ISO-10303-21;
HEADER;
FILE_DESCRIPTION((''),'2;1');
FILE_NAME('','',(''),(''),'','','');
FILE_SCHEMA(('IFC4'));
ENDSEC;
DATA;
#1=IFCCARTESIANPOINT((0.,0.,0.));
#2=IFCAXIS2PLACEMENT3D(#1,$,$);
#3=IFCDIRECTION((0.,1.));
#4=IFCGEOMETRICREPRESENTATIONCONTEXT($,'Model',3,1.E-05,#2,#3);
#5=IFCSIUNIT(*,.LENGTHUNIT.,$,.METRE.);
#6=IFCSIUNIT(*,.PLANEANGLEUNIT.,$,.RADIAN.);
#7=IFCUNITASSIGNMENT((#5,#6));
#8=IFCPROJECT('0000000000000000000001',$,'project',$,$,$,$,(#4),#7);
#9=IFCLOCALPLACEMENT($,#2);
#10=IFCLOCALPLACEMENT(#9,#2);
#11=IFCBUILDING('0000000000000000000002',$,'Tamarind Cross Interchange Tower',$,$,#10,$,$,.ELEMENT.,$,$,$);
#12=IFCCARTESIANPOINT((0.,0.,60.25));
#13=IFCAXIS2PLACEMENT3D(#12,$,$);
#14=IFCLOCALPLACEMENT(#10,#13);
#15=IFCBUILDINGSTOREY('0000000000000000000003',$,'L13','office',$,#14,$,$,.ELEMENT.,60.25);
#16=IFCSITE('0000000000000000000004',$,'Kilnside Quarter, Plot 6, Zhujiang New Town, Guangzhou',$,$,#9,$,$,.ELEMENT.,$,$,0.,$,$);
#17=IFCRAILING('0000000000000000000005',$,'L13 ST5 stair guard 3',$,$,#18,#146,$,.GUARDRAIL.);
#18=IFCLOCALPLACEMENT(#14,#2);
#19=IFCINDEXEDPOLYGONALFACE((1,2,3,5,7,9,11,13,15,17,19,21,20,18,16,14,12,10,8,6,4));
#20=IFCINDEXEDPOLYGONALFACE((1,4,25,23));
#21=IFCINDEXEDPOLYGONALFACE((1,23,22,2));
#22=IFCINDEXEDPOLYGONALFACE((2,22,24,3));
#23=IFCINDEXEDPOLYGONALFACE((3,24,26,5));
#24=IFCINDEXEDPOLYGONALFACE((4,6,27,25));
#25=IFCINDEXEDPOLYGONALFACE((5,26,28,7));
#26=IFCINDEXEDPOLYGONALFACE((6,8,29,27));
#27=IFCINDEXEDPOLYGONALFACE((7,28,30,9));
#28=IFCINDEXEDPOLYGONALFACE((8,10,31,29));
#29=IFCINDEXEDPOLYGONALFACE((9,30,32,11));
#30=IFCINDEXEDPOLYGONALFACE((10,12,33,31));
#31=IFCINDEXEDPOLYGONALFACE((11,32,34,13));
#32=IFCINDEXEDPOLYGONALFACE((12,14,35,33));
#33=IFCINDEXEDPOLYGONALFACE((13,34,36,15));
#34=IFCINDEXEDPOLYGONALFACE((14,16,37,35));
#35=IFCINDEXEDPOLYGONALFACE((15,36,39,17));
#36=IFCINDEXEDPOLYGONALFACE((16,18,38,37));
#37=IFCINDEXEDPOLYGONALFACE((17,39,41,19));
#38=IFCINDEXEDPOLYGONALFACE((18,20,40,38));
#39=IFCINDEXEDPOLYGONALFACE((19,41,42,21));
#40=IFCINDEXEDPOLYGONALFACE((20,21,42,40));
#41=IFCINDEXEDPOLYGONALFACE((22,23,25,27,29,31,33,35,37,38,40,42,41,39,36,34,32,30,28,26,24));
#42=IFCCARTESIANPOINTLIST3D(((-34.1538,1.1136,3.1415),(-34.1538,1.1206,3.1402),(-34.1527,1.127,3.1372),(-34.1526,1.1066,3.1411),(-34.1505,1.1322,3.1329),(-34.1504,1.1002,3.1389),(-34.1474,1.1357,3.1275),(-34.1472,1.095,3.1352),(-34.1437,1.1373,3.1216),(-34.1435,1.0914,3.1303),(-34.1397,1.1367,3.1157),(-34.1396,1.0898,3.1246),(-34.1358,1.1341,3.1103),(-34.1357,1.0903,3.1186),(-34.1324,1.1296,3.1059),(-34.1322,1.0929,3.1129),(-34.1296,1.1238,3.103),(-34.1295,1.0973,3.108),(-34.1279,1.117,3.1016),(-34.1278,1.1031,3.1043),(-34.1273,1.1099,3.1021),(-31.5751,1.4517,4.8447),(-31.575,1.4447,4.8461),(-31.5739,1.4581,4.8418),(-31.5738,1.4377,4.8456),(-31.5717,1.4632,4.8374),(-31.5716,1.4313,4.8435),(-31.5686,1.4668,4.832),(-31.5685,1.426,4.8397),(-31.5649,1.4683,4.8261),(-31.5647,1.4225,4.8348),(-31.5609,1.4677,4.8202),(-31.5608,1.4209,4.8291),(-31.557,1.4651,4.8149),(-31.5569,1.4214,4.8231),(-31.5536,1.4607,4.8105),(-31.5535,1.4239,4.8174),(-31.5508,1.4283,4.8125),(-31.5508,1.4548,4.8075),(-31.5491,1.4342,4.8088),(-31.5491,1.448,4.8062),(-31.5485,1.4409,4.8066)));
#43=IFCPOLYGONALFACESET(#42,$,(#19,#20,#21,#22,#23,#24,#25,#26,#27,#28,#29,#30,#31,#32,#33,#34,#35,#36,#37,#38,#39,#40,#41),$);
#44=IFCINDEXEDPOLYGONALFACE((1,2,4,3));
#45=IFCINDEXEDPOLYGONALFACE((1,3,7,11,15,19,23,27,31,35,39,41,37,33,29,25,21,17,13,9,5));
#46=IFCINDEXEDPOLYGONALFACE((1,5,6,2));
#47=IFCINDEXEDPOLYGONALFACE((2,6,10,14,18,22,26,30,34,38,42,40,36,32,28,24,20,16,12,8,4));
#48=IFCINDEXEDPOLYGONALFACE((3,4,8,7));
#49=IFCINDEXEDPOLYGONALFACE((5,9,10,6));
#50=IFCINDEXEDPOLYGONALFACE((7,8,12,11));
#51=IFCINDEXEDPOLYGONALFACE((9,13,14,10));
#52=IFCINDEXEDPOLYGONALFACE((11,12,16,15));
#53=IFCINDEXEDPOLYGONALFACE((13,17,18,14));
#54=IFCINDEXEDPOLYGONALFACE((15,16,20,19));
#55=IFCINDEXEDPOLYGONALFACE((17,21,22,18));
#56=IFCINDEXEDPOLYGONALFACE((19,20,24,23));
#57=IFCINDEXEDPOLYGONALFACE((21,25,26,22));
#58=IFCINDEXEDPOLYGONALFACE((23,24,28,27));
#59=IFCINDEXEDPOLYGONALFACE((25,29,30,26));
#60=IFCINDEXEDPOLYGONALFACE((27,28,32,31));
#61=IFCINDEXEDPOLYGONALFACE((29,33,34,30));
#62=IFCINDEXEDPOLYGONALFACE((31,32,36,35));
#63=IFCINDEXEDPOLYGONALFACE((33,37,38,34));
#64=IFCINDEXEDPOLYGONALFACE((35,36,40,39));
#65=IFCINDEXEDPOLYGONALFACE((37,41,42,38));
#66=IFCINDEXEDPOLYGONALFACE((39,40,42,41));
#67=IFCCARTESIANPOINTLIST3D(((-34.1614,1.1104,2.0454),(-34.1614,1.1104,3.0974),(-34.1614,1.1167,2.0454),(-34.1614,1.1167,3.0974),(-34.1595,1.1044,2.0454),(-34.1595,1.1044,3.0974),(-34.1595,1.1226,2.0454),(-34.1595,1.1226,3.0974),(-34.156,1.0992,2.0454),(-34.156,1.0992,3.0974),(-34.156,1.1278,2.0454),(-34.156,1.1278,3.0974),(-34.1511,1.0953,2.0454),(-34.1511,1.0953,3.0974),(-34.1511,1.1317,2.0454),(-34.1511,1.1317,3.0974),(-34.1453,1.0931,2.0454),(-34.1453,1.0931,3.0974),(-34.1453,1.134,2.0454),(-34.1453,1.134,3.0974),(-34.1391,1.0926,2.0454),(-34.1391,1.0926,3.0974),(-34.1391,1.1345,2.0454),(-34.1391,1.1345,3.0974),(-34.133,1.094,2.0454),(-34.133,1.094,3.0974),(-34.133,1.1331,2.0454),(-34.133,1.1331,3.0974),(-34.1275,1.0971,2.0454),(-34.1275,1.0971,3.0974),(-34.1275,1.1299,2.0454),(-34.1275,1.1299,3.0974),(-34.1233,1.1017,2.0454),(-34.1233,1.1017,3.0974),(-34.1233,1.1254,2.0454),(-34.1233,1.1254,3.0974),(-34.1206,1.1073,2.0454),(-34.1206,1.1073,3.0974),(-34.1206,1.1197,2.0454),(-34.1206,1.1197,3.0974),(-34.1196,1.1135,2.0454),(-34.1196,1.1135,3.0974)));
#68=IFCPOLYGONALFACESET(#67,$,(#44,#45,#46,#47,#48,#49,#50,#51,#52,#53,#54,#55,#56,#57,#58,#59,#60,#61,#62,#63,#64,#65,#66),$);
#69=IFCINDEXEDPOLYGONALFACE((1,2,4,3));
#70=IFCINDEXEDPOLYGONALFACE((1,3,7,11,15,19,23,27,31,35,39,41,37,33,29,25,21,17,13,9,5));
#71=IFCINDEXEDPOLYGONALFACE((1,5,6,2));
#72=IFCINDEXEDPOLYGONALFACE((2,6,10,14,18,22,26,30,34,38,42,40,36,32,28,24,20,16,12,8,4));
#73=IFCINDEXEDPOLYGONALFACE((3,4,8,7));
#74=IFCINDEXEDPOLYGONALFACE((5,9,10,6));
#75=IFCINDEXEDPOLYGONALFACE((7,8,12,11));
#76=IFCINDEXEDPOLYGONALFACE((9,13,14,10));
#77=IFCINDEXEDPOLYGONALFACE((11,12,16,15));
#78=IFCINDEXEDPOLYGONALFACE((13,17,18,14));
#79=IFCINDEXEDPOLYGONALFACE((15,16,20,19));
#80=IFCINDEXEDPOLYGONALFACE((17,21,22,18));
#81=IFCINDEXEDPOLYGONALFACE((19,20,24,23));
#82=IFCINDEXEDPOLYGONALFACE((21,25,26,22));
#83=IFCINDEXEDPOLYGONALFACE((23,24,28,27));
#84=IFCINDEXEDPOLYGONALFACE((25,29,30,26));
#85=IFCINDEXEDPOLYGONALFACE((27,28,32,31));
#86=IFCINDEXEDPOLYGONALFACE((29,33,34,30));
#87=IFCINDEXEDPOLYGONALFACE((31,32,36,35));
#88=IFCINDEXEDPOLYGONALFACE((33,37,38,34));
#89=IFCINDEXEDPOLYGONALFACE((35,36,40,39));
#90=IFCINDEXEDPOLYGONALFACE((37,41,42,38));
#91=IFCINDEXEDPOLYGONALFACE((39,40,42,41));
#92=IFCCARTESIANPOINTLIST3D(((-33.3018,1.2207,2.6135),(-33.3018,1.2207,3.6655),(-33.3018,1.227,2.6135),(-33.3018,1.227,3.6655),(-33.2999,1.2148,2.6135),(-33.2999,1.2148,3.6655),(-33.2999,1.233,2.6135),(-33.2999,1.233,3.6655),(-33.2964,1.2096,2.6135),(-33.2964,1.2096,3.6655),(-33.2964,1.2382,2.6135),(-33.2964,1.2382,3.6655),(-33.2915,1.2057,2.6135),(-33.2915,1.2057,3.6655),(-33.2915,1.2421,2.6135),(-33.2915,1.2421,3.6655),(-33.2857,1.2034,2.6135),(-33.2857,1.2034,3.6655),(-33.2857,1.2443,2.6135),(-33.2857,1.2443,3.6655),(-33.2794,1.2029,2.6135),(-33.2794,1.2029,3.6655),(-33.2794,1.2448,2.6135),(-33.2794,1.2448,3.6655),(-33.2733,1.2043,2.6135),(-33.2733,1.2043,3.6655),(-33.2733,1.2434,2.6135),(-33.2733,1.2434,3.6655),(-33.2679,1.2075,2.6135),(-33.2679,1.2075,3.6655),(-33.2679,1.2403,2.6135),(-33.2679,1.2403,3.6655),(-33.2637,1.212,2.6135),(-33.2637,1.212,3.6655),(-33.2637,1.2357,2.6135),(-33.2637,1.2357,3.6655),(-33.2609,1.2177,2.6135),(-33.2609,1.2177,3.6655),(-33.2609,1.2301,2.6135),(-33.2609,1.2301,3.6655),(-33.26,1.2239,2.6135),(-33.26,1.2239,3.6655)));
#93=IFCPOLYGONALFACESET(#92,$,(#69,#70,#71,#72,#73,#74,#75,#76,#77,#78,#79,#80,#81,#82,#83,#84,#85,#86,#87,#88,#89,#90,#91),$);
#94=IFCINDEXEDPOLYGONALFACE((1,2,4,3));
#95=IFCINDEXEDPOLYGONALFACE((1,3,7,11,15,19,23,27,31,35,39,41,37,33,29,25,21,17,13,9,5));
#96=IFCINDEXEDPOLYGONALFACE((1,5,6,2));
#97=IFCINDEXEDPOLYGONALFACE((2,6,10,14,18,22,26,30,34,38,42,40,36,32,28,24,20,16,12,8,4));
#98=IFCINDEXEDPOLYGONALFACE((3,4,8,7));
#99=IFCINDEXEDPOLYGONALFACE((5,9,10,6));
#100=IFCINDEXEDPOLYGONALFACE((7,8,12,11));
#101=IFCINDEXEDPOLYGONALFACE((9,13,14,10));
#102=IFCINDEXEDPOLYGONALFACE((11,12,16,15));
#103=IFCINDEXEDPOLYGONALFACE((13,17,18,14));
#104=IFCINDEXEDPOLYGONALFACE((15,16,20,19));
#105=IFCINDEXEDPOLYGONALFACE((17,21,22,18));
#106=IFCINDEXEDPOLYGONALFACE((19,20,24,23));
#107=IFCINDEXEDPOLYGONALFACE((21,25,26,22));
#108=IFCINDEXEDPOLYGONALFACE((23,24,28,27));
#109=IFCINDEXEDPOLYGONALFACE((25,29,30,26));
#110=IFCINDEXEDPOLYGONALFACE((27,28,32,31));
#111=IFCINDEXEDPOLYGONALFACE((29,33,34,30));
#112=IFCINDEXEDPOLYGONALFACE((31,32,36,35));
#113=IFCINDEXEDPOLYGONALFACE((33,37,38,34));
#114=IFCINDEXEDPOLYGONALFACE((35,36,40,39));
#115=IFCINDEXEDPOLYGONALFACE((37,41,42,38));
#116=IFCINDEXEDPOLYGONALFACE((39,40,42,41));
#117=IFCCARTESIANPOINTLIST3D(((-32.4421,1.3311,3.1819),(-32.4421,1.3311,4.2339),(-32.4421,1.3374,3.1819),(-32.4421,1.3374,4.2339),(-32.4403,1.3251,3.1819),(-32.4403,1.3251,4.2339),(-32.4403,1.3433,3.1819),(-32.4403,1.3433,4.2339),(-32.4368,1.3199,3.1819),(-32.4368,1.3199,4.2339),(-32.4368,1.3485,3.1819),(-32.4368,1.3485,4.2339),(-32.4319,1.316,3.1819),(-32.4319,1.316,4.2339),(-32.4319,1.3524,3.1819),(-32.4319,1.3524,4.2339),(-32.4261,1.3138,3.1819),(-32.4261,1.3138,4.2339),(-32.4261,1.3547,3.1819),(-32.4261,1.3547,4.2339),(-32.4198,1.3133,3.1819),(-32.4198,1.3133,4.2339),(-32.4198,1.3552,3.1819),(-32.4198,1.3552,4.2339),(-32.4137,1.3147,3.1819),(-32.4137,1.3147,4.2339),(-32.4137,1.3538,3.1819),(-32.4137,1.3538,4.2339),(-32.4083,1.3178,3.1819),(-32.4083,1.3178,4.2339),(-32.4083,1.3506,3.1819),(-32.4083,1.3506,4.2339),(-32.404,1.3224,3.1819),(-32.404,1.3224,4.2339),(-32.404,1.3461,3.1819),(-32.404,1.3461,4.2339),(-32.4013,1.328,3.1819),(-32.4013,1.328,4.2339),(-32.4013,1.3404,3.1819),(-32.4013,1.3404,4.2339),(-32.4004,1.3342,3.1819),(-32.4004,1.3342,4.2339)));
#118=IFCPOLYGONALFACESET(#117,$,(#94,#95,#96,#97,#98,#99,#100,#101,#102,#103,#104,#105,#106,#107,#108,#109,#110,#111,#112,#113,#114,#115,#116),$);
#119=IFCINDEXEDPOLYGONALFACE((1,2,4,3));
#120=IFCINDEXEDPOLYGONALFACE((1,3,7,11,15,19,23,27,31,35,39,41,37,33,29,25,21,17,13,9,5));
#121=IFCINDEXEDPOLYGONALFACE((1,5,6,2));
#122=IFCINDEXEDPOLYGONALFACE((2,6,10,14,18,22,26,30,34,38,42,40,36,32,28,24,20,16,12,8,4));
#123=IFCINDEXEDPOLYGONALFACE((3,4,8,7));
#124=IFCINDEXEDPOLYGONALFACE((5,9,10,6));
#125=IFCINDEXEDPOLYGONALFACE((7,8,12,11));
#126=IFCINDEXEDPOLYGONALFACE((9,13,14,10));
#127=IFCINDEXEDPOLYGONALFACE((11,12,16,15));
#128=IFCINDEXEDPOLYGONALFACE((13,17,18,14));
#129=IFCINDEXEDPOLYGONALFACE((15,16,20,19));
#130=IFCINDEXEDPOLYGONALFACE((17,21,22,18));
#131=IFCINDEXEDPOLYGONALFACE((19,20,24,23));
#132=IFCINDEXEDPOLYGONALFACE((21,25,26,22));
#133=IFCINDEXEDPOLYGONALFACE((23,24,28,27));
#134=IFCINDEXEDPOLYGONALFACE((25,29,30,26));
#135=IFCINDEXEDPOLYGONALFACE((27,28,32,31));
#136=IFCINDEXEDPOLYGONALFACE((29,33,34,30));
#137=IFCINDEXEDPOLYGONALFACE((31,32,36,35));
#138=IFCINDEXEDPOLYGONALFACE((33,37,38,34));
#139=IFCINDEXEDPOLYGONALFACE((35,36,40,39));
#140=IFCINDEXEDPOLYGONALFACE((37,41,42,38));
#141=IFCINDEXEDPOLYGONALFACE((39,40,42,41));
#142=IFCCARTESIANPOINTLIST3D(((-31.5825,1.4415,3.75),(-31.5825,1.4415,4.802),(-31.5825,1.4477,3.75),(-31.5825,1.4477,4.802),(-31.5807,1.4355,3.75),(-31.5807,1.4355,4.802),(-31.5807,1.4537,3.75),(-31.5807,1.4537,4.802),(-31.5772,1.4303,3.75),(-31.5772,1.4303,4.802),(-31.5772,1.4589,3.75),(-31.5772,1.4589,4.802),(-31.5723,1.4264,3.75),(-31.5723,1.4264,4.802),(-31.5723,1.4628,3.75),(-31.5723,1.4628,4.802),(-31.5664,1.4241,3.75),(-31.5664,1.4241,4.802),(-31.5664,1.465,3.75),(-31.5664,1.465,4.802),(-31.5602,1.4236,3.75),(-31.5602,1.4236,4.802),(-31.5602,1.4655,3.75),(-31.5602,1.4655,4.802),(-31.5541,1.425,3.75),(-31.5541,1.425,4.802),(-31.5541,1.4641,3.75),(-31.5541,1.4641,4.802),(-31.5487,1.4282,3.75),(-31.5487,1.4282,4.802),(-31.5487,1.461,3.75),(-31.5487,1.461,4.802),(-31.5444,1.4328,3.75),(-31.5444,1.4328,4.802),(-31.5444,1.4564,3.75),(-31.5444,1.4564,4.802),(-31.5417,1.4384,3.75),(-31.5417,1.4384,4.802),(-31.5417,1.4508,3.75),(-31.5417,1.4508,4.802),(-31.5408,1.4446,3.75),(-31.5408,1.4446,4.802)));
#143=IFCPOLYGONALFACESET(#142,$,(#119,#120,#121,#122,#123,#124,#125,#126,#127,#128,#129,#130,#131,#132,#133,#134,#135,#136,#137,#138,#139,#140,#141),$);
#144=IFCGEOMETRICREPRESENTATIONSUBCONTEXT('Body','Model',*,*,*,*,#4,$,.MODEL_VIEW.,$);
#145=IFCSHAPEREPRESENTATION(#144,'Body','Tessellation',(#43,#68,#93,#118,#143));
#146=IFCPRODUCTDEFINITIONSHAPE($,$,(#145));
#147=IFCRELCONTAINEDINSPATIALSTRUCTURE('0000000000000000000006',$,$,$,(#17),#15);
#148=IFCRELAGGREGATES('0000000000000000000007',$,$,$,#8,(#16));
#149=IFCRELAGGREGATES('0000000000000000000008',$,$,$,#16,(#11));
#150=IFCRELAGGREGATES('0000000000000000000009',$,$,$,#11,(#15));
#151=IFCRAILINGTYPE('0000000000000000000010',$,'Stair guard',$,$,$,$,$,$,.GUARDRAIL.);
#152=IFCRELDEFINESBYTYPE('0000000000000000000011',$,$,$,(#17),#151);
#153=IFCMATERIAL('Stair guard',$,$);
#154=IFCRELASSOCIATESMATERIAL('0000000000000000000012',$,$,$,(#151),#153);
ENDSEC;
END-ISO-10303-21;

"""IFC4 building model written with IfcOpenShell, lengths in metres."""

from ifc_helpers import new_model, si_unit, direction, frame, origin, origin_2d, place, context, subcontext, project, spatial, circle, extrude, material, type_object, element, save


model = new_model("IFC4")

# Units and contexts
model_context = context("Model", 3, precision=1e-05, world=origin(), true_north=direction((0.0, 1.0)))
body_context = subcontext(model_context, "Body", "Model", "MODEL_VIEW")
ifc_project = project(units=[si_unit("LENGTHUNIT", "METRE"), si_unit("PLANEANGLEUNIT", "RADIAN")], contexts=[model_context])

# Site, building, storey
site_placement = place(None, origin())
site = spatial("IfcSite", under=ifc_project, at=site_placement, Name="Kilnside Quarter, Plot 6, Zhujiang New Town, Guangzhou", CompositionType="ELEMENT", RefElevation=0.0)
building_placement = place(site_placement, origin())
building = spatial("IfcBuilding", under=site, at=building_placement, Name="Tamarind Cross Interchange Tower", CompositionType="ELEMENT")
storey_placement = place(building_placement, frame((0.0, 0.0, 60.25)))
storey = spatial("IfcBuildingStorey", under=building, at=storey_placement, Name="L13", Description="office", CompositionType="ELEMENT", Elevation=60.25)

# Railing
ifc_material_1 = material(Name="Stair guard")
railing_type_1 = type_object("IfcRailingType", Name="Stair guard", PredefinedType="GUARDRAIL", material=ifc_material_1)
railing_1_placement = place(storey_placement, frame((-34.1406, 1.1135, 2.0454)))
element("IfcRailing", 1, at=railing_1_placement, inside=storey, type_object=railing_type_1, Name="L13 ST5 stair guard 3", PredefinedType="GUARDRAIL", context=body_context, shape_type="SweptSolid", body=[
    extrude(circle(Radius=0.0239, at=origin_2d()), frame((0.0, 0.0, 1.0762), z_axis=(0.829488, 0.106484, 0.54828), x_axis=(-0.127328, 0.991861, 0.0)), (0.0, 0.0, 1.0), 3.1089),
    extrude(circle(Radius=0.021, at=origin_2d()), origin(), (0.0, 0.0, 1.0), 1.052),
    extrude(circle(Radius=0.021, at=origin_2d()), frame((0.8596, 0.1104, 0.5681)), (0.0, 0.0, 1.0), 1.052),
    extrude(circle(Radius=0.021, at=origin_2d()), frame((1.7192, 0.2207, 1.1365)), (0.0, 0.0, 1.0), 1.052),
    extrude(circle(Radius=0.021, at=origin_2d()), frame((2.5789, 0.3311, 1.7046)), (0.0, 0.0, 1.0), 1.052),
])

save(model, "model.ifc")
